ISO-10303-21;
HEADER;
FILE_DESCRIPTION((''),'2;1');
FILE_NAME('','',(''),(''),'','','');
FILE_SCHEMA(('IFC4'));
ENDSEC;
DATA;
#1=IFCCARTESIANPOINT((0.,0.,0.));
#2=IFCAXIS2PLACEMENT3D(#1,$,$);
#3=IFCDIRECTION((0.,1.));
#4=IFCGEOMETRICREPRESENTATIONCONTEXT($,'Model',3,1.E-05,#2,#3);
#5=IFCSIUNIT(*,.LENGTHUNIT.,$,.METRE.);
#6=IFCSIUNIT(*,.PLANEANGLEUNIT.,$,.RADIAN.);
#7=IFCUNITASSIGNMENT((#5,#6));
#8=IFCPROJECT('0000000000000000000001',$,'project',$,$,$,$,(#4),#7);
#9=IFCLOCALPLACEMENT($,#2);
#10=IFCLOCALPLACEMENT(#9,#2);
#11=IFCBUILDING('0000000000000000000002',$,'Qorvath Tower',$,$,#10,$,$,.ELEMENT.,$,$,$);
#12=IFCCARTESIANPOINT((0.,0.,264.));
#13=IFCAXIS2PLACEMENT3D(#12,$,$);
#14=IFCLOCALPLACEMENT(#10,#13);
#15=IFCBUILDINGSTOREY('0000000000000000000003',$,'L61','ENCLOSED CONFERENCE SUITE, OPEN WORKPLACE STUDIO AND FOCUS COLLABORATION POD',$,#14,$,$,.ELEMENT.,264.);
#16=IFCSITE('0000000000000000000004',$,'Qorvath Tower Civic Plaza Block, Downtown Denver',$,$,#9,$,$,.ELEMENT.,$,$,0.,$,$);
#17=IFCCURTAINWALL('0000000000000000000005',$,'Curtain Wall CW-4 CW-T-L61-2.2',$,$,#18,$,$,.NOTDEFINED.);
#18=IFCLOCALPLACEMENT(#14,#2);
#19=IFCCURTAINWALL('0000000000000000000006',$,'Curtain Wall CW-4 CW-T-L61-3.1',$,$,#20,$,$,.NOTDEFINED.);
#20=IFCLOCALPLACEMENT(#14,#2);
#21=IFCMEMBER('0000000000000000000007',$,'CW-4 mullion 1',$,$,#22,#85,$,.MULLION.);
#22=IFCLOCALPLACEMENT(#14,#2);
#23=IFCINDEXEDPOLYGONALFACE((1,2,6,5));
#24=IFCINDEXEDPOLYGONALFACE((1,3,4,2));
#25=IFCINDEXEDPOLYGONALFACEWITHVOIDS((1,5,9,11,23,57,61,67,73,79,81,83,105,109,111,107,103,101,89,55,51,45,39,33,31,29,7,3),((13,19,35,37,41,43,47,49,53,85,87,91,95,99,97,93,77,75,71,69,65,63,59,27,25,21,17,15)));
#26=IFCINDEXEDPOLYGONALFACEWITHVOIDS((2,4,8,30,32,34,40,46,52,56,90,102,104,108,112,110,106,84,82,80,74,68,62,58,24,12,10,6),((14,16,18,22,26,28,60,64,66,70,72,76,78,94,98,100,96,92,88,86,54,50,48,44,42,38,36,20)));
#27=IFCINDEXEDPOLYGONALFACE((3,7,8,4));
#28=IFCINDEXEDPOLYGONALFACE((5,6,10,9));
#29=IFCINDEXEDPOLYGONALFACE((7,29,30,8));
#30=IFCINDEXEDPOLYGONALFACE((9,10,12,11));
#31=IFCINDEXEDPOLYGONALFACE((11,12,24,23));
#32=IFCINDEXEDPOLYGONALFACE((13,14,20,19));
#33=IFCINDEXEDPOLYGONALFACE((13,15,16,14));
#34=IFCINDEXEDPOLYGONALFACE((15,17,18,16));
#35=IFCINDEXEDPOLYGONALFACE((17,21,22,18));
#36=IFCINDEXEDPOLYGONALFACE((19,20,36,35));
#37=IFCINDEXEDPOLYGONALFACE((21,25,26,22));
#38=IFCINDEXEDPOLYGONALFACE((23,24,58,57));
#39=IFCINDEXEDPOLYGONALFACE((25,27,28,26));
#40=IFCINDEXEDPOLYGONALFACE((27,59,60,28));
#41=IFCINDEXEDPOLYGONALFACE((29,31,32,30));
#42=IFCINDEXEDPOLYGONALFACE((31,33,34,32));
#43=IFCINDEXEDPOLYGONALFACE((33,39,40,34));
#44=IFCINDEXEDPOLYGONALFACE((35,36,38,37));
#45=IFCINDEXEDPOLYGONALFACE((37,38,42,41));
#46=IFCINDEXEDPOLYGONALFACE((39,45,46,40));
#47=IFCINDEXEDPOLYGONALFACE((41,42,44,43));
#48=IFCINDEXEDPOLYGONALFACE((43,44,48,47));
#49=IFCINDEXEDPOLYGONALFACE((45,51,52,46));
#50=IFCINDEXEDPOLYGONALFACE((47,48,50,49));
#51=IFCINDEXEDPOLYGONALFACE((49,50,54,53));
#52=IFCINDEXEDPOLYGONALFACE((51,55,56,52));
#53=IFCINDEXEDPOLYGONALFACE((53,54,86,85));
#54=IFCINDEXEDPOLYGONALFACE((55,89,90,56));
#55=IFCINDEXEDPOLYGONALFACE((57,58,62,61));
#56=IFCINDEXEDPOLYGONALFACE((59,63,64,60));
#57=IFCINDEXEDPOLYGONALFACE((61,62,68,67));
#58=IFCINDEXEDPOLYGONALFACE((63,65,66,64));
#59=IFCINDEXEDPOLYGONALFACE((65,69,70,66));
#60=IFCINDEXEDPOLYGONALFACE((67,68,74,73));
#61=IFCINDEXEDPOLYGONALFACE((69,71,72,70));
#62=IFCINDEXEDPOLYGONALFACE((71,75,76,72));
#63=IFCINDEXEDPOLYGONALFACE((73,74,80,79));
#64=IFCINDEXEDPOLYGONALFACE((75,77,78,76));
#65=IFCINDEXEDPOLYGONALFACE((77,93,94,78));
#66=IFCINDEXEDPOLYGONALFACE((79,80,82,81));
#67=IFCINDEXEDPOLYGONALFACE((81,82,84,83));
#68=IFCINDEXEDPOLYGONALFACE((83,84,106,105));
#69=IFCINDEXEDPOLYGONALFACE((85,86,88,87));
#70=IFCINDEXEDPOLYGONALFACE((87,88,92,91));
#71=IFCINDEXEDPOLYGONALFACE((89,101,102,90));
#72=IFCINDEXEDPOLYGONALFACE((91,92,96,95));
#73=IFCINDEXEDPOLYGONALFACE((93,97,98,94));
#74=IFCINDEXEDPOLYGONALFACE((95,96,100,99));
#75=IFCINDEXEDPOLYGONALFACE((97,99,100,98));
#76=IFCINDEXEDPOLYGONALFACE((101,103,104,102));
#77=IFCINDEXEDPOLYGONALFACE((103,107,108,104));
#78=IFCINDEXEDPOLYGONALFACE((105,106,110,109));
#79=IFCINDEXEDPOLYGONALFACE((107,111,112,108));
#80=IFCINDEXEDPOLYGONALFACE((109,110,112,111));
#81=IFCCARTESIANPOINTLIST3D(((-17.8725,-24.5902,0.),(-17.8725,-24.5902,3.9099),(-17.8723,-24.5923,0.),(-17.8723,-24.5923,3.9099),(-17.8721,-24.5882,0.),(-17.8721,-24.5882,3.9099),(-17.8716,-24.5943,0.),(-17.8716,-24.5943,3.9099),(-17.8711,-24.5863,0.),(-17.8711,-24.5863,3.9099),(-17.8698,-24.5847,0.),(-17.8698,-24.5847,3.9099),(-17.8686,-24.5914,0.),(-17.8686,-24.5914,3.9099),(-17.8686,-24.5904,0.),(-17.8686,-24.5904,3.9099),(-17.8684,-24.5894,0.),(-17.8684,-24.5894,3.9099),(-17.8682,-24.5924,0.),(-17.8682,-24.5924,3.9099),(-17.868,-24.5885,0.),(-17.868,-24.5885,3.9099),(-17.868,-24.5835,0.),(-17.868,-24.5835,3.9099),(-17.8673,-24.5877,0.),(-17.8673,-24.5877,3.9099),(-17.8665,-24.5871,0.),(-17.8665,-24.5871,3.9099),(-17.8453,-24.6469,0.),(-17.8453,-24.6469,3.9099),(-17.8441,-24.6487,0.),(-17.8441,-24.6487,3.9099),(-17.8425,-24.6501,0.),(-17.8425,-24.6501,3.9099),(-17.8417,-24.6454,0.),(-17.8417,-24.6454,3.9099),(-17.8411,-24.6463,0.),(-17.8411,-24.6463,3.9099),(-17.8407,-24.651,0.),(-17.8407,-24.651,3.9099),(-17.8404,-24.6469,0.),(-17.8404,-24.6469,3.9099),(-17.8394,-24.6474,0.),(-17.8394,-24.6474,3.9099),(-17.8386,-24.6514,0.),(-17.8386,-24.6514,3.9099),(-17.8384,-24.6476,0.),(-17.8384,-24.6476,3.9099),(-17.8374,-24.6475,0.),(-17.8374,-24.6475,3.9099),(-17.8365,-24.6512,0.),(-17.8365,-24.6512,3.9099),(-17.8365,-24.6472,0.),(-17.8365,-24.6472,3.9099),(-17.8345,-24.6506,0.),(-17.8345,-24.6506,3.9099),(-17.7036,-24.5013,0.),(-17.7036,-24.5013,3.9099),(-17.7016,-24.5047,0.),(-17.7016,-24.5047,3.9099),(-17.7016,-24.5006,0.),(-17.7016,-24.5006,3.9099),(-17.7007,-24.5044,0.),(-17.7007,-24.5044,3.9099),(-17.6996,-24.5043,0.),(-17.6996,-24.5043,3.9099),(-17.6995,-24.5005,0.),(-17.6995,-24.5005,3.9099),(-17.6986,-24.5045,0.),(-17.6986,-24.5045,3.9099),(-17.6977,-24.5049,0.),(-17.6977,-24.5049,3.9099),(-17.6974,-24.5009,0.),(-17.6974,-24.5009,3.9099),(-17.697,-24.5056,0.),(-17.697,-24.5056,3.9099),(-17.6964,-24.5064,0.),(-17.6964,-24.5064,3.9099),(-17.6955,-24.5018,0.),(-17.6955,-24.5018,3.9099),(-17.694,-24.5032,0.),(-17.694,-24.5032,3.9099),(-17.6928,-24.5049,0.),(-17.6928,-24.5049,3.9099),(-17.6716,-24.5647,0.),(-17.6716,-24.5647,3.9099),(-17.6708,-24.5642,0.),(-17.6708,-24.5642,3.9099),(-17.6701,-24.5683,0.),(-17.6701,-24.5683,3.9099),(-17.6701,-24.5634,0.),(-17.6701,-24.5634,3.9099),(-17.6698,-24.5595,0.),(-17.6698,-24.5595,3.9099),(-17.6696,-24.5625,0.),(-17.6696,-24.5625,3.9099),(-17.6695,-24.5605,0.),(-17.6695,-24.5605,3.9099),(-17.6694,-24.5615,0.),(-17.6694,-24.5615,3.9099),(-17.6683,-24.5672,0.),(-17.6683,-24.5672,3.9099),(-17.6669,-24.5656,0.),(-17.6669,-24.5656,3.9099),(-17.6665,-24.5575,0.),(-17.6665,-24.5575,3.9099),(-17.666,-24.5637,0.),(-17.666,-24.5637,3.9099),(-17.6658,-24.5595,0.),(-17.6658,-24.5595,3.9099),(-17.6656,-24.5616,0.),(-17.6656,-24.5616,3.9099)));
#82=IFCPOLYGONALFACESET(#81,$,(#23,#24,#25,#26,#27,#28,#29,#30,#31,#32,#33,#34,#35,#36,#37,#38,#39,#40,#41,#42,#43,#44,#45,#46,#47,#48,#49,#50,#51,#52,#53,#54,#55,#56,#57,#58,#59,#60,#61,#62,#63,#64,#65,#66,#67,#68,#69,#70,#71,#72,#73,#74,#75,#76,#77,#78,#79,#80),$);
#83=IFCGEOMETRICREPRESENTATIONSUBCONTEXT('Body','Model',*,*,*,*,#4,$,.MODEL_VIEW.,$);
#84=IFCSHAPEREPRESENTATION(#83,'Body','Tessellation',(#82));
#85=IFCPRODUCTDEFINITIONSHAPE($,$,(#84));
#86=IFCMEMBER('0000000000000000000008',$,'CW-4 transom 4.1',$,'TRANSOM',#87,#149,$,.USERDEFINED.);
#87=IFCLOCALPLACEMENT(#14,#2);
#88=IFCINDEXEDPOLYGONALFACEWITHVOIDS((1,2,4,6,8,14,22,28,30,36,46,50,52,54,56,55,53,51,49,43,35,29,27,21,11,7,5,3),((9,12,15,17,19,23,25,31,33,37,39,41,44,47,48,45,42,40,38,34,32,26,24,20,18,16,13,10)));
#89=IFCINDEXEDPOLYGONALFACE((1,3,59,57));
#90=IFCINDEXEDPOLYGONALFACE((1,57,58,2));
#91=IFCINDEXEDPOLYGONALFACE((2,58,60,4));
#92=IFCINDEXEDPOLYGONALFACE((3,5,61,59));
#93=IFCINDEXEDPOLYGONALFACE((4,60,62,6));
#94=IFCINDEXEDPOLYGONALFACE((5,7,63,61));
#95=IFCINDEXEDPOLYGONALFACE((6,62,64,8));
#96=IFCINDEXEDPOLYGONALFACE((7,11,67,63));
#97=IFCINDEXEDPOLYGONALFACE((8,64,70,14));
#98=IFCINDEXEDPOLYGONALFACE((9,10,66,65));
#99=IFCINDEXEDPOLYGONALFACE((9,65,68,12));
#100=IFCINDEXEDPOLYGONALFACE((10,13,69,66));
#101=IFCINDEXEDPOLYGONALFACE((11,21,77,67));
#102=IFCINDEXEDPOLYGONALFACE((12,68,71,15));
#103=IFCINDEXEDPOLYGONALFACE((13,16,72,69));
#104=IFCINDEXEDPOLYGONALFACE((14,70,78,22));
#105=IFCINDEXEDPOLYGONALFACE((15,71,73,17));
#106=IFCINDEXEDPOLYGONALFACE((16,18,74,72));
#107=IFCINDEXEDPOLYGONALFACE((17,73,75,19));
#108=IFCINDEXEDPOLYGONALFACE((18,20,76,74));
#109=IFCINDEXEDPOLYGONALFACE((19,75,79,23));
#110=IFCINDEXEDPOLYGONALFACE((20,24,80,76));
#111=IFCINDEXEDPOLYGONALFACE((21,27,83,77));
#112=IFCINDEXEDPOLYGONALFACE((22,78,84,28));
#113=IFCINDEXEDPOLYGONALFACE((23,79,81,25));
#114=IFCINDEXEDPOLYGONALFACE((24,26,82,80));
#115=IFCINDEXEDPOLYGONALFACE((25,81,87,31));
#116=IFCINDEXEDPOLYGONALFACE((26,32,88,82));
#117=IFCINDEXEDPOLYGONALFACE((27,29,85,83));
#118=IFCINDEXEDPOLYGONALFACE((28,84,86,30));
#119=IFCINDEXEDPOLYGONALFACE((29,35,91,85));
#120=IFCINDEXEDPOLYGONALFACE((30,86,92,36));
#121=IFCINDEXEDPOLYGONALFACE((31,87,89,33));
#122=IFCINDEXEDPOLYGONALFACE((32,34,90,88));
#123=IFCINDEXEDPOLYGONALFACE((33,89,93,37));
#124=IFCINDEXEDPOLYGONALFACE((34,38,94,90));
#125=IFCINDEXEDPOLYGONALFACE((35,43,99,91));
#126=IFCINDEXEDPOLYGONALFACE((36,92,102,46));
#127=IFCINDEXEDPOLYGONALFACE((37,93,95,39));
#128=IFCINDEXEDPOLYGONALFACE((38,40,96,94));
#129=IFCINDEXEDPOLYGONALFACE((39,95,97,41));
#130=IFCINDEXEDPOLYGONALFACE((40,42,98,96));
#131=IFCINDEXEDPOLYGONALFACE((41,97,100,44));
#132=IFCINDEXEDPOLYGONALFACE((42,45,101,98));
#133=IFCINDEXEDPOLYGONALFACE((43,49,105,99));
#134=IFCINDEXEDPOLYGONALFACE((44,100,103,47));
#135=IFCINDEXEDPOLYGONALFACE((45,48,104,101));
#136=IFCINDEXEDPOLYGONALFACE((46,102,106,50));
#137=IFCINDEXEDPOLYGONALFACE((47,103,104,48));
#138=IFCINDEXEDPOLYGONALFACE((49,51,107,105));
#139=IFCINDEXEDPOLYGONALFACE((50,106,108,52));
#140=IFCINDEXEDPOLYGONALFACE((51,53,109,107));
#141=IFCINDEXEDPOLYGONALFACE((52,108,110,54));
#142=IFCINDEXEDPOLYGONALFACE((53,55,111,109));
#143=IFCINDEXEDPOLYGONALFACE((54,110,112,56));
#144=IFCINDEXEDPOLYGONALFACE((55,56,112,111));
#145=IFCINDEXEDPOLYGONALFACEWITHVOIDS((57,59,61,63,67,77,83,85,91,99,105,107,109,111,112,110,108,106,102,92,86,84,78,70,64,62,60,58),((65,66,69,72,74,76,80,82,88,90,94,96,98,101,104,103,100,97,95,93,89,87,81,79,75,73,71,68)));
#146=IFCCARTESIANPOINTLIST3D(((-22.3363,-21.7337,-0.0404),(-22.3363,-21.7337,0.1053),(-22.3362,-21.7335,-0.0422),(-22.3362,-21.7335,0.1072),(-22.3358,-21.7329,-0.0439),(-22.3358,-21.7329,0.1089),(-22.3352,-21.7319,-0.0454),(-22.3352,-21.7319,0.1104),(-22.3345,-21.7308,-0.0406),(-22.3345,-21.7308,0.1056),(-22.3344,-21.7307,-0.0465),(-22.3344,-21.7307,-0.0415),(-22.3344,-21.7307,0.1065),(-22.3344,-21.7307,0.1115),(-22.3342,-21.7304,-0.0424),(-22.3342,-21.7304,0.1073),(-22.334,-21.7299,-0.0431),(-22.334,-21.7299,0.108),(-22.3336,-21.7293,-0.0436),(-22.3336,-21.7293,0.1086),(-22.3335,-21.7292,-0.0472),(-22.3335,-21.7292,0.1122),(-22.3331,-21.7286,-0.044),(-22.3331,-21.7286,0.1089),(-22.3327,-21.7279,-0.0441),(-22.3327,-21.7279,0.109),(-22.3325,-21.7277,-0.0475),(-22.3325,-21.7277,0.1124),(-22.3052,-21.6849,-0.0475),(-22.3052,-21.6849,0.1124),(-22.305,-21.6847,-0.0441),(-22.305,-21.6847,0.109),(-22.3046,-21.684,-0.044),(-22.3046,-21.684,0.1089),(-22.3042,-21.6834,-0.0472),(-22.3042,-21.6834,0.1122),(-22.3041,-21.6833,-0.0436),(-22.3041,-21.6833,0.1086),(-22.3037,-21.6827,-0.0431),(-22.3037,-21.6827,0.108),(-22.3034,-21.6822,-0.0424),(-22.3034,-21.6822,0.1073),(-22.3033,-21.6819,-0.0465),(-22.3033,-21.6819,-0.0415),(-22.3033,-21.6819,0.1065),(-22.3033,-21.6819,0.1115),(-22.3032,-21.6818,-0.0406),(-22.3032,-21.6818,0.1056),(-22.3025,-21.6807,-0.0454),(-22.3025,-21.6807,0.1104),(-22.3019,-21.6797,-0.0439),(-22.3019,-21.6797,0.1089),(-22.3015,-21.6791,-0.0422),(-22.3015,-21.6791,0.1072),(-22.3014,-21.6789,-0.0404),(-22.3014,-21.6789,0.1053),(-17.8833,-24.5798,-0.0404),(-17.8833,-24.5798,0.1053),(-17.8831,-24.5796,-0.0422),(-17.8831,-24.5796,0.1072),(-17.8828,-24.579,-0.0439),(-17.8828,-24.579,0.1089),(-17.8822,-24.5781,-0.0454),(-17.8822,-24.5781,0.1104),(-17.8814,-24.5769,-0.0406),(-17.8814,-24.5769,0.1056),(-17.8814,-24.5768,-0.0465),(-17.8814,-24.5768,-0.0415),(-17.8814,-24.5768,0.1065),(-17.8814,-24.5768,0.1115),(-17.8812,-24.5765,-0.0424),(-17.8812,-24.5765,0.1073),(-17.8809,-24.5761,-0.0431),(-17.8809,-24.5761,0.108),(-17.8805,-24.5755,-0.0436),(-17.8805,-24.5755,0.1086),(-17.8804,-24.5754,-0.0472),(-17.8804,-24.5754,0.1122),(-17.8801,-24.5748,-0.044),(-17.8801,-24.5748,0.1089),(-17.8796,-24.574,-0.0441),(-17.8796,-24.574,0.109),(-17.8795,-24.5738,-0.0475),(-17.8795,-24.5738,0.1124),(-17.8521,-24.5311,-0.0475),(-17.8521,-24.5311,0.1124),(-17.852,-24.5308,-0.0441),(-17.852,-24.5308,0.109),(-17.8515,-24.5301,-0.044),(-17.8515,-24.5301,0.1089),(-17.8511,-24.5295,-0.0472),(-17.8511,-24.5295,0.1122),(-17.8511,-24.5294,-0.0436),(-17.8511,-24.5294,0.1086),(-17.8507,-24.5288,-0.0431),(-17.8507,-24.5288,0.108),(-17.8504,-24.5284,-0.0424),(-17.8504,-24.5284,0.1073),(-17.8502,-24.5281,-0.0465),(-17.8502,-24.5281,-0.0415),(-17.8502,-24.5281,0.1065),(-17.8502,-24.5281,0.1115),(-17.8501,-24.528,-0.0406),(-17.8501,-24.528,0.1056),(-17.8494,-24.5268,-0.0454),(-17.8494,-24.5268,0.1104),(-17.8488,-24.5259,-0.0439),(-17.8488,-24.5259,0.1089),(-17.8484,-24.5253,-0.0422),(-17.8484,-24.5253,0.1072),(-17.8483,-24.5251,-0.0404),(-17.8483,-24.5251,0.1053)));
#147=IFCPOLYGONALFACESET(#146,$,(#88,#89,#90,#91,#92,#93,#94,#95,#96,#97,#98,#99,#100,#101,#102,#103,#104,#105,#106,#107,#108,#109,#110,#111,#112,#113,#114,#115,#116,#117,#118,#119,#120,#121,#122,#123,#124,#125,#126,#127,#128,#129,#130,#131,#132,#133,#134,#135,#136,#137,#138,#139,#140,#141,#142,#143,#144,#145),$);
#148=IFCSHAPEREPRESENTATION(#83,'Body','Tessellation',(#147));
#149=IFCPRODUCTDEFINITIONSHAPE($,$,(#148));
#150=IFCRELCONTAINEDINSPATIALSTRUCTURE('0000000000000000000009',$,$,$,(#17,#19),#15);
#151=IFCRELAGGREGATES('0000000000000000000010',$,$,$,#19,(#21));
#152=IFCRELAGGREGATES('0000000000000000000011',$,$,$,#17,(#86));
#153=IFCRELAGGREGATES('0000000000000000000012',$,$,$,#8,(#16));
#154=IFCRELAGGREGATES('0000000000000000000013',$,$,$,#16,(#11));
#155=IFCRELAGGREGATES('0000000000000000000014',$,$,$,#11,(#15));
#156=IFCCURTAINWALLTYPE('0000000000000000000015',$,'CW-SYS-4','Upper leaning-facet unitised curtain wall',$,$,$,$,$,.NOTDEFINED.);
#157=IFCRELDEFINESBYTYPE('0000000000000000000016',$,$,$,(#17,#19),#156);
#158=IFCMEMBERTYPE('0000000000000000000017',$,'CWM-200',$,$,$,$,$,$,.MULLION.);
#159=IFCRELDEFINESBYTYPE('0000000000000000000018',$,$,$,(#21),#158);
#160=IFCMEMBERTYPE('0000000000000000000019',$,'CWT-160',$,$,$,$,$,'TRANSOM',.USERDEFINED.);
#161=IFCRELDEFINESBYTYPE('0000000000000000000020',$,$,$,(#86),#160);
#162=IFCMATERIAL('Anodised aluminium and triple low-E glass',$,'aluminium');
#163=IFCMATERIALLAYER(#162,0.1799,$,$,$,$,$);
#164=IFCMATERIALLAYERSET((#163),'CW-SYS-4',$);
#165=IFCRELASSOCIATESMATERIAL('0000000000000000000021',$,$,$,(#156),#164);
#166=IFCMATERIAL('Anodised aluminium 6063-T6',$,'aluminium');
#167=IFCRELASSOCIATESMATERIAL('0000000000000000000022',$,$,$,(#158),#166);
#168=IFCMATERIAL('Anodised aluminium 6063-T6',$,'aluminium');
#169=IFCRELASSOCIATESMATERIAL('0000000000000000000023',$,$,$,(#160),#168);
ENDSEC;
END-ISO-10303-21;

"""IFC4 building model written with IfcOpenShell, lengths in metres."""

from ifc_helpers import new_model, si_unit, direction, frame, origin, origin_2d, place, context, subcontext, project, spatial, hollow_rectangle, extrude, material, layer, layer_set, material_profile, profile_set, type_object, element, aggregate, save


model = new_model("IFC4")

# Units and contexts
model_context = context("Model", 3, precision=1e-05, world=origin(), true_north=direction((0.0, 1.0)))
body_context = subcontext(model_context, "Body", "Model", "MODEL_VIEW")
ifc_project = project(units=[si_unit("LENGTHUNIT", "METRE"), si_unit("PLANEANGLEUNIT", "RADIAN")], contexts=[model_context])

# Site, building, storey
site_placement = place(None, origin())
site = spatial("IfcSite", under=ifc_project, at=site_placement, Name="Qorvath Tower Civic Plaza Block, Downtown Denver", CompositionType="ELEMENT", RefElevation=0.0)
building_placement = place(site_placement, origin())
building = spatial("IfcBuilding", under=site, at=building_placement, Name="Qorvath Tower", CompositionType="ELEMENT")
storey_placement = place(building_placement, frame((0.0, 0.0, 264.0)))
storey = spatial("IfcBuildingStorey", under=building, at=storey_placement, Name="L61", Description="ENCLOSED CONFERENCE SUITE, OPEN WORKPLACE STUDIO AND FOCUS COLLABORATION POD", CompositionType="ELEMENT", Elevation=264.0)

# Curtain wall
ifc_material_1 = material(Name="Anodised aluminium and triple low-E glass", Category="aluminium")
ifc_layer_1 = layer(ifc_material_1, 0.1799)
ifc_layer_set_1 = layer_set([ifc_layer_1], Name="CW-SYS-4")
curtain_wall_type = type_object("IfcCurtainWallType", Name="CW-SYS-4", Description="Upper leaning-facet unitised curtain wall", PredefinedType="NOTDEFINED", material=ifc_layer_set_1)
curtain_wall_1_placement = place(storey_placement, origin())
curtain_wall_1 = element("IfcCurtainWall", 1, at=curtain_wall_1_placement, inside=storey, type_object=curtain_wall_type, Name="Curtain Wall CW-4 CW-T-L61-2.2", PredefinedType="NOTDEFINED")
ifc_material_2 = material(Name="Anodised aluminium 6063-T6", Category="aluminium")
ifc_material_profile_1 = material_profile(ifc_material_2, hollow_rectangle(XDim=0.075, YDim=0.2, WallThickness=0.0039, InnerFilletRadius=0.0039, OuterFilletRadius=0.0081, at=origin_2d()), Name="CWM 200x75")
ifc_profile_set_1 = profile_set([ifc_material_profile_1], Name="Anodised aluminium 6063-T6")
member_type_1 = type_object("IfcMemberType", Name="CWM-200", PredefinedType="MULLION", material=ifc_profile_set_1)

# Curtain wall, member
curtain_wall_2_placement = place(storey_placement, origin())
curtain_wall_2 = element("IfcCurtainWall", 2, at=curtain_wall_2_placement, inside=storey, type_object=curtain_wall_type, Name="Curtain Wall CW-4 CW-T-L61-3.1", PredefinedType="NOTDEFINED")
member_1_placement = place(storey_placement, frame((-17.769, -24.5759, 0.0), z_axis=(0.0, 0.0, 1.0), x_axis=(-0.447193, 0.894437, 0.0)))
member_1 = element("IfcMember", 3, at=member_1_placement, type_object=member_type_1, Name="CW-4 mullion 1", PredefinedType="MULLION", context=body_context, shape_type="SweptSolid", body=[
    extrude(hollow_rectangle(XDim=0.075, YDim=0.2, WallThickness=0.0039, InnerFilletRadius=0.0039, OuterFilletRadius=0.0081, at=origin_2d()), origin(), (0.0, 0.0, 1.0), 3.9099),
])

# Member
ifc_material_3 = material(Name="Anodised aluminium 6063-T6", Category="aluminium")
ifc_material_profile_2 = material_profile(ifc_material_3, hollow_rectangle(XDim=0.0649, YDim=0.1599, WallThickness=0.0034, InnerFilletRadius=0.0034, OuterFilletRadius=0.0071, at=origin_2d()), Name="CWT 160x65")
ifc_profile_set_2 = profile_set([ifc_material_profile_2], Name="Anodised aluminium 6063-T6")
member_type_2 = type_object("IfcMemberType", Name="CWT-160", ElementType="TRANSOM", PredefinedType="USERDEFINED", material=ifc_profile_set_2)
member_2_placement = place(storey_placement, frame((-22.3188, -21.7063, 0.0325), z_axis=(0.842598, -0.538542, 0.0), x_axis=(0.538542, 0.842598, 0.0)))
member_2 = element("IfcMember", 4, at=member_2_placement, type_object=member_type_2, Name="CW-4 transom 4.1", ObjectType="TRANSOM", PredefinedType="USERDEFINED", context=body_context, shape_type="SweptSolid", body=[
    extrude(hollow_rectangle(XDim=0.0649, YDim=0.1599, WallThickness=0.0034, InnerFilletRadius=0.0034, OuterFilletRadius=0.0071, at=origin_2d()), origin(), (0.0, 0.0, 1.0), 5.2849),
])
aggregate(curtain_wall_2, [member_1])

aggregate(curtain_wall_1, [member_2])

save(model, "model.ifc")
